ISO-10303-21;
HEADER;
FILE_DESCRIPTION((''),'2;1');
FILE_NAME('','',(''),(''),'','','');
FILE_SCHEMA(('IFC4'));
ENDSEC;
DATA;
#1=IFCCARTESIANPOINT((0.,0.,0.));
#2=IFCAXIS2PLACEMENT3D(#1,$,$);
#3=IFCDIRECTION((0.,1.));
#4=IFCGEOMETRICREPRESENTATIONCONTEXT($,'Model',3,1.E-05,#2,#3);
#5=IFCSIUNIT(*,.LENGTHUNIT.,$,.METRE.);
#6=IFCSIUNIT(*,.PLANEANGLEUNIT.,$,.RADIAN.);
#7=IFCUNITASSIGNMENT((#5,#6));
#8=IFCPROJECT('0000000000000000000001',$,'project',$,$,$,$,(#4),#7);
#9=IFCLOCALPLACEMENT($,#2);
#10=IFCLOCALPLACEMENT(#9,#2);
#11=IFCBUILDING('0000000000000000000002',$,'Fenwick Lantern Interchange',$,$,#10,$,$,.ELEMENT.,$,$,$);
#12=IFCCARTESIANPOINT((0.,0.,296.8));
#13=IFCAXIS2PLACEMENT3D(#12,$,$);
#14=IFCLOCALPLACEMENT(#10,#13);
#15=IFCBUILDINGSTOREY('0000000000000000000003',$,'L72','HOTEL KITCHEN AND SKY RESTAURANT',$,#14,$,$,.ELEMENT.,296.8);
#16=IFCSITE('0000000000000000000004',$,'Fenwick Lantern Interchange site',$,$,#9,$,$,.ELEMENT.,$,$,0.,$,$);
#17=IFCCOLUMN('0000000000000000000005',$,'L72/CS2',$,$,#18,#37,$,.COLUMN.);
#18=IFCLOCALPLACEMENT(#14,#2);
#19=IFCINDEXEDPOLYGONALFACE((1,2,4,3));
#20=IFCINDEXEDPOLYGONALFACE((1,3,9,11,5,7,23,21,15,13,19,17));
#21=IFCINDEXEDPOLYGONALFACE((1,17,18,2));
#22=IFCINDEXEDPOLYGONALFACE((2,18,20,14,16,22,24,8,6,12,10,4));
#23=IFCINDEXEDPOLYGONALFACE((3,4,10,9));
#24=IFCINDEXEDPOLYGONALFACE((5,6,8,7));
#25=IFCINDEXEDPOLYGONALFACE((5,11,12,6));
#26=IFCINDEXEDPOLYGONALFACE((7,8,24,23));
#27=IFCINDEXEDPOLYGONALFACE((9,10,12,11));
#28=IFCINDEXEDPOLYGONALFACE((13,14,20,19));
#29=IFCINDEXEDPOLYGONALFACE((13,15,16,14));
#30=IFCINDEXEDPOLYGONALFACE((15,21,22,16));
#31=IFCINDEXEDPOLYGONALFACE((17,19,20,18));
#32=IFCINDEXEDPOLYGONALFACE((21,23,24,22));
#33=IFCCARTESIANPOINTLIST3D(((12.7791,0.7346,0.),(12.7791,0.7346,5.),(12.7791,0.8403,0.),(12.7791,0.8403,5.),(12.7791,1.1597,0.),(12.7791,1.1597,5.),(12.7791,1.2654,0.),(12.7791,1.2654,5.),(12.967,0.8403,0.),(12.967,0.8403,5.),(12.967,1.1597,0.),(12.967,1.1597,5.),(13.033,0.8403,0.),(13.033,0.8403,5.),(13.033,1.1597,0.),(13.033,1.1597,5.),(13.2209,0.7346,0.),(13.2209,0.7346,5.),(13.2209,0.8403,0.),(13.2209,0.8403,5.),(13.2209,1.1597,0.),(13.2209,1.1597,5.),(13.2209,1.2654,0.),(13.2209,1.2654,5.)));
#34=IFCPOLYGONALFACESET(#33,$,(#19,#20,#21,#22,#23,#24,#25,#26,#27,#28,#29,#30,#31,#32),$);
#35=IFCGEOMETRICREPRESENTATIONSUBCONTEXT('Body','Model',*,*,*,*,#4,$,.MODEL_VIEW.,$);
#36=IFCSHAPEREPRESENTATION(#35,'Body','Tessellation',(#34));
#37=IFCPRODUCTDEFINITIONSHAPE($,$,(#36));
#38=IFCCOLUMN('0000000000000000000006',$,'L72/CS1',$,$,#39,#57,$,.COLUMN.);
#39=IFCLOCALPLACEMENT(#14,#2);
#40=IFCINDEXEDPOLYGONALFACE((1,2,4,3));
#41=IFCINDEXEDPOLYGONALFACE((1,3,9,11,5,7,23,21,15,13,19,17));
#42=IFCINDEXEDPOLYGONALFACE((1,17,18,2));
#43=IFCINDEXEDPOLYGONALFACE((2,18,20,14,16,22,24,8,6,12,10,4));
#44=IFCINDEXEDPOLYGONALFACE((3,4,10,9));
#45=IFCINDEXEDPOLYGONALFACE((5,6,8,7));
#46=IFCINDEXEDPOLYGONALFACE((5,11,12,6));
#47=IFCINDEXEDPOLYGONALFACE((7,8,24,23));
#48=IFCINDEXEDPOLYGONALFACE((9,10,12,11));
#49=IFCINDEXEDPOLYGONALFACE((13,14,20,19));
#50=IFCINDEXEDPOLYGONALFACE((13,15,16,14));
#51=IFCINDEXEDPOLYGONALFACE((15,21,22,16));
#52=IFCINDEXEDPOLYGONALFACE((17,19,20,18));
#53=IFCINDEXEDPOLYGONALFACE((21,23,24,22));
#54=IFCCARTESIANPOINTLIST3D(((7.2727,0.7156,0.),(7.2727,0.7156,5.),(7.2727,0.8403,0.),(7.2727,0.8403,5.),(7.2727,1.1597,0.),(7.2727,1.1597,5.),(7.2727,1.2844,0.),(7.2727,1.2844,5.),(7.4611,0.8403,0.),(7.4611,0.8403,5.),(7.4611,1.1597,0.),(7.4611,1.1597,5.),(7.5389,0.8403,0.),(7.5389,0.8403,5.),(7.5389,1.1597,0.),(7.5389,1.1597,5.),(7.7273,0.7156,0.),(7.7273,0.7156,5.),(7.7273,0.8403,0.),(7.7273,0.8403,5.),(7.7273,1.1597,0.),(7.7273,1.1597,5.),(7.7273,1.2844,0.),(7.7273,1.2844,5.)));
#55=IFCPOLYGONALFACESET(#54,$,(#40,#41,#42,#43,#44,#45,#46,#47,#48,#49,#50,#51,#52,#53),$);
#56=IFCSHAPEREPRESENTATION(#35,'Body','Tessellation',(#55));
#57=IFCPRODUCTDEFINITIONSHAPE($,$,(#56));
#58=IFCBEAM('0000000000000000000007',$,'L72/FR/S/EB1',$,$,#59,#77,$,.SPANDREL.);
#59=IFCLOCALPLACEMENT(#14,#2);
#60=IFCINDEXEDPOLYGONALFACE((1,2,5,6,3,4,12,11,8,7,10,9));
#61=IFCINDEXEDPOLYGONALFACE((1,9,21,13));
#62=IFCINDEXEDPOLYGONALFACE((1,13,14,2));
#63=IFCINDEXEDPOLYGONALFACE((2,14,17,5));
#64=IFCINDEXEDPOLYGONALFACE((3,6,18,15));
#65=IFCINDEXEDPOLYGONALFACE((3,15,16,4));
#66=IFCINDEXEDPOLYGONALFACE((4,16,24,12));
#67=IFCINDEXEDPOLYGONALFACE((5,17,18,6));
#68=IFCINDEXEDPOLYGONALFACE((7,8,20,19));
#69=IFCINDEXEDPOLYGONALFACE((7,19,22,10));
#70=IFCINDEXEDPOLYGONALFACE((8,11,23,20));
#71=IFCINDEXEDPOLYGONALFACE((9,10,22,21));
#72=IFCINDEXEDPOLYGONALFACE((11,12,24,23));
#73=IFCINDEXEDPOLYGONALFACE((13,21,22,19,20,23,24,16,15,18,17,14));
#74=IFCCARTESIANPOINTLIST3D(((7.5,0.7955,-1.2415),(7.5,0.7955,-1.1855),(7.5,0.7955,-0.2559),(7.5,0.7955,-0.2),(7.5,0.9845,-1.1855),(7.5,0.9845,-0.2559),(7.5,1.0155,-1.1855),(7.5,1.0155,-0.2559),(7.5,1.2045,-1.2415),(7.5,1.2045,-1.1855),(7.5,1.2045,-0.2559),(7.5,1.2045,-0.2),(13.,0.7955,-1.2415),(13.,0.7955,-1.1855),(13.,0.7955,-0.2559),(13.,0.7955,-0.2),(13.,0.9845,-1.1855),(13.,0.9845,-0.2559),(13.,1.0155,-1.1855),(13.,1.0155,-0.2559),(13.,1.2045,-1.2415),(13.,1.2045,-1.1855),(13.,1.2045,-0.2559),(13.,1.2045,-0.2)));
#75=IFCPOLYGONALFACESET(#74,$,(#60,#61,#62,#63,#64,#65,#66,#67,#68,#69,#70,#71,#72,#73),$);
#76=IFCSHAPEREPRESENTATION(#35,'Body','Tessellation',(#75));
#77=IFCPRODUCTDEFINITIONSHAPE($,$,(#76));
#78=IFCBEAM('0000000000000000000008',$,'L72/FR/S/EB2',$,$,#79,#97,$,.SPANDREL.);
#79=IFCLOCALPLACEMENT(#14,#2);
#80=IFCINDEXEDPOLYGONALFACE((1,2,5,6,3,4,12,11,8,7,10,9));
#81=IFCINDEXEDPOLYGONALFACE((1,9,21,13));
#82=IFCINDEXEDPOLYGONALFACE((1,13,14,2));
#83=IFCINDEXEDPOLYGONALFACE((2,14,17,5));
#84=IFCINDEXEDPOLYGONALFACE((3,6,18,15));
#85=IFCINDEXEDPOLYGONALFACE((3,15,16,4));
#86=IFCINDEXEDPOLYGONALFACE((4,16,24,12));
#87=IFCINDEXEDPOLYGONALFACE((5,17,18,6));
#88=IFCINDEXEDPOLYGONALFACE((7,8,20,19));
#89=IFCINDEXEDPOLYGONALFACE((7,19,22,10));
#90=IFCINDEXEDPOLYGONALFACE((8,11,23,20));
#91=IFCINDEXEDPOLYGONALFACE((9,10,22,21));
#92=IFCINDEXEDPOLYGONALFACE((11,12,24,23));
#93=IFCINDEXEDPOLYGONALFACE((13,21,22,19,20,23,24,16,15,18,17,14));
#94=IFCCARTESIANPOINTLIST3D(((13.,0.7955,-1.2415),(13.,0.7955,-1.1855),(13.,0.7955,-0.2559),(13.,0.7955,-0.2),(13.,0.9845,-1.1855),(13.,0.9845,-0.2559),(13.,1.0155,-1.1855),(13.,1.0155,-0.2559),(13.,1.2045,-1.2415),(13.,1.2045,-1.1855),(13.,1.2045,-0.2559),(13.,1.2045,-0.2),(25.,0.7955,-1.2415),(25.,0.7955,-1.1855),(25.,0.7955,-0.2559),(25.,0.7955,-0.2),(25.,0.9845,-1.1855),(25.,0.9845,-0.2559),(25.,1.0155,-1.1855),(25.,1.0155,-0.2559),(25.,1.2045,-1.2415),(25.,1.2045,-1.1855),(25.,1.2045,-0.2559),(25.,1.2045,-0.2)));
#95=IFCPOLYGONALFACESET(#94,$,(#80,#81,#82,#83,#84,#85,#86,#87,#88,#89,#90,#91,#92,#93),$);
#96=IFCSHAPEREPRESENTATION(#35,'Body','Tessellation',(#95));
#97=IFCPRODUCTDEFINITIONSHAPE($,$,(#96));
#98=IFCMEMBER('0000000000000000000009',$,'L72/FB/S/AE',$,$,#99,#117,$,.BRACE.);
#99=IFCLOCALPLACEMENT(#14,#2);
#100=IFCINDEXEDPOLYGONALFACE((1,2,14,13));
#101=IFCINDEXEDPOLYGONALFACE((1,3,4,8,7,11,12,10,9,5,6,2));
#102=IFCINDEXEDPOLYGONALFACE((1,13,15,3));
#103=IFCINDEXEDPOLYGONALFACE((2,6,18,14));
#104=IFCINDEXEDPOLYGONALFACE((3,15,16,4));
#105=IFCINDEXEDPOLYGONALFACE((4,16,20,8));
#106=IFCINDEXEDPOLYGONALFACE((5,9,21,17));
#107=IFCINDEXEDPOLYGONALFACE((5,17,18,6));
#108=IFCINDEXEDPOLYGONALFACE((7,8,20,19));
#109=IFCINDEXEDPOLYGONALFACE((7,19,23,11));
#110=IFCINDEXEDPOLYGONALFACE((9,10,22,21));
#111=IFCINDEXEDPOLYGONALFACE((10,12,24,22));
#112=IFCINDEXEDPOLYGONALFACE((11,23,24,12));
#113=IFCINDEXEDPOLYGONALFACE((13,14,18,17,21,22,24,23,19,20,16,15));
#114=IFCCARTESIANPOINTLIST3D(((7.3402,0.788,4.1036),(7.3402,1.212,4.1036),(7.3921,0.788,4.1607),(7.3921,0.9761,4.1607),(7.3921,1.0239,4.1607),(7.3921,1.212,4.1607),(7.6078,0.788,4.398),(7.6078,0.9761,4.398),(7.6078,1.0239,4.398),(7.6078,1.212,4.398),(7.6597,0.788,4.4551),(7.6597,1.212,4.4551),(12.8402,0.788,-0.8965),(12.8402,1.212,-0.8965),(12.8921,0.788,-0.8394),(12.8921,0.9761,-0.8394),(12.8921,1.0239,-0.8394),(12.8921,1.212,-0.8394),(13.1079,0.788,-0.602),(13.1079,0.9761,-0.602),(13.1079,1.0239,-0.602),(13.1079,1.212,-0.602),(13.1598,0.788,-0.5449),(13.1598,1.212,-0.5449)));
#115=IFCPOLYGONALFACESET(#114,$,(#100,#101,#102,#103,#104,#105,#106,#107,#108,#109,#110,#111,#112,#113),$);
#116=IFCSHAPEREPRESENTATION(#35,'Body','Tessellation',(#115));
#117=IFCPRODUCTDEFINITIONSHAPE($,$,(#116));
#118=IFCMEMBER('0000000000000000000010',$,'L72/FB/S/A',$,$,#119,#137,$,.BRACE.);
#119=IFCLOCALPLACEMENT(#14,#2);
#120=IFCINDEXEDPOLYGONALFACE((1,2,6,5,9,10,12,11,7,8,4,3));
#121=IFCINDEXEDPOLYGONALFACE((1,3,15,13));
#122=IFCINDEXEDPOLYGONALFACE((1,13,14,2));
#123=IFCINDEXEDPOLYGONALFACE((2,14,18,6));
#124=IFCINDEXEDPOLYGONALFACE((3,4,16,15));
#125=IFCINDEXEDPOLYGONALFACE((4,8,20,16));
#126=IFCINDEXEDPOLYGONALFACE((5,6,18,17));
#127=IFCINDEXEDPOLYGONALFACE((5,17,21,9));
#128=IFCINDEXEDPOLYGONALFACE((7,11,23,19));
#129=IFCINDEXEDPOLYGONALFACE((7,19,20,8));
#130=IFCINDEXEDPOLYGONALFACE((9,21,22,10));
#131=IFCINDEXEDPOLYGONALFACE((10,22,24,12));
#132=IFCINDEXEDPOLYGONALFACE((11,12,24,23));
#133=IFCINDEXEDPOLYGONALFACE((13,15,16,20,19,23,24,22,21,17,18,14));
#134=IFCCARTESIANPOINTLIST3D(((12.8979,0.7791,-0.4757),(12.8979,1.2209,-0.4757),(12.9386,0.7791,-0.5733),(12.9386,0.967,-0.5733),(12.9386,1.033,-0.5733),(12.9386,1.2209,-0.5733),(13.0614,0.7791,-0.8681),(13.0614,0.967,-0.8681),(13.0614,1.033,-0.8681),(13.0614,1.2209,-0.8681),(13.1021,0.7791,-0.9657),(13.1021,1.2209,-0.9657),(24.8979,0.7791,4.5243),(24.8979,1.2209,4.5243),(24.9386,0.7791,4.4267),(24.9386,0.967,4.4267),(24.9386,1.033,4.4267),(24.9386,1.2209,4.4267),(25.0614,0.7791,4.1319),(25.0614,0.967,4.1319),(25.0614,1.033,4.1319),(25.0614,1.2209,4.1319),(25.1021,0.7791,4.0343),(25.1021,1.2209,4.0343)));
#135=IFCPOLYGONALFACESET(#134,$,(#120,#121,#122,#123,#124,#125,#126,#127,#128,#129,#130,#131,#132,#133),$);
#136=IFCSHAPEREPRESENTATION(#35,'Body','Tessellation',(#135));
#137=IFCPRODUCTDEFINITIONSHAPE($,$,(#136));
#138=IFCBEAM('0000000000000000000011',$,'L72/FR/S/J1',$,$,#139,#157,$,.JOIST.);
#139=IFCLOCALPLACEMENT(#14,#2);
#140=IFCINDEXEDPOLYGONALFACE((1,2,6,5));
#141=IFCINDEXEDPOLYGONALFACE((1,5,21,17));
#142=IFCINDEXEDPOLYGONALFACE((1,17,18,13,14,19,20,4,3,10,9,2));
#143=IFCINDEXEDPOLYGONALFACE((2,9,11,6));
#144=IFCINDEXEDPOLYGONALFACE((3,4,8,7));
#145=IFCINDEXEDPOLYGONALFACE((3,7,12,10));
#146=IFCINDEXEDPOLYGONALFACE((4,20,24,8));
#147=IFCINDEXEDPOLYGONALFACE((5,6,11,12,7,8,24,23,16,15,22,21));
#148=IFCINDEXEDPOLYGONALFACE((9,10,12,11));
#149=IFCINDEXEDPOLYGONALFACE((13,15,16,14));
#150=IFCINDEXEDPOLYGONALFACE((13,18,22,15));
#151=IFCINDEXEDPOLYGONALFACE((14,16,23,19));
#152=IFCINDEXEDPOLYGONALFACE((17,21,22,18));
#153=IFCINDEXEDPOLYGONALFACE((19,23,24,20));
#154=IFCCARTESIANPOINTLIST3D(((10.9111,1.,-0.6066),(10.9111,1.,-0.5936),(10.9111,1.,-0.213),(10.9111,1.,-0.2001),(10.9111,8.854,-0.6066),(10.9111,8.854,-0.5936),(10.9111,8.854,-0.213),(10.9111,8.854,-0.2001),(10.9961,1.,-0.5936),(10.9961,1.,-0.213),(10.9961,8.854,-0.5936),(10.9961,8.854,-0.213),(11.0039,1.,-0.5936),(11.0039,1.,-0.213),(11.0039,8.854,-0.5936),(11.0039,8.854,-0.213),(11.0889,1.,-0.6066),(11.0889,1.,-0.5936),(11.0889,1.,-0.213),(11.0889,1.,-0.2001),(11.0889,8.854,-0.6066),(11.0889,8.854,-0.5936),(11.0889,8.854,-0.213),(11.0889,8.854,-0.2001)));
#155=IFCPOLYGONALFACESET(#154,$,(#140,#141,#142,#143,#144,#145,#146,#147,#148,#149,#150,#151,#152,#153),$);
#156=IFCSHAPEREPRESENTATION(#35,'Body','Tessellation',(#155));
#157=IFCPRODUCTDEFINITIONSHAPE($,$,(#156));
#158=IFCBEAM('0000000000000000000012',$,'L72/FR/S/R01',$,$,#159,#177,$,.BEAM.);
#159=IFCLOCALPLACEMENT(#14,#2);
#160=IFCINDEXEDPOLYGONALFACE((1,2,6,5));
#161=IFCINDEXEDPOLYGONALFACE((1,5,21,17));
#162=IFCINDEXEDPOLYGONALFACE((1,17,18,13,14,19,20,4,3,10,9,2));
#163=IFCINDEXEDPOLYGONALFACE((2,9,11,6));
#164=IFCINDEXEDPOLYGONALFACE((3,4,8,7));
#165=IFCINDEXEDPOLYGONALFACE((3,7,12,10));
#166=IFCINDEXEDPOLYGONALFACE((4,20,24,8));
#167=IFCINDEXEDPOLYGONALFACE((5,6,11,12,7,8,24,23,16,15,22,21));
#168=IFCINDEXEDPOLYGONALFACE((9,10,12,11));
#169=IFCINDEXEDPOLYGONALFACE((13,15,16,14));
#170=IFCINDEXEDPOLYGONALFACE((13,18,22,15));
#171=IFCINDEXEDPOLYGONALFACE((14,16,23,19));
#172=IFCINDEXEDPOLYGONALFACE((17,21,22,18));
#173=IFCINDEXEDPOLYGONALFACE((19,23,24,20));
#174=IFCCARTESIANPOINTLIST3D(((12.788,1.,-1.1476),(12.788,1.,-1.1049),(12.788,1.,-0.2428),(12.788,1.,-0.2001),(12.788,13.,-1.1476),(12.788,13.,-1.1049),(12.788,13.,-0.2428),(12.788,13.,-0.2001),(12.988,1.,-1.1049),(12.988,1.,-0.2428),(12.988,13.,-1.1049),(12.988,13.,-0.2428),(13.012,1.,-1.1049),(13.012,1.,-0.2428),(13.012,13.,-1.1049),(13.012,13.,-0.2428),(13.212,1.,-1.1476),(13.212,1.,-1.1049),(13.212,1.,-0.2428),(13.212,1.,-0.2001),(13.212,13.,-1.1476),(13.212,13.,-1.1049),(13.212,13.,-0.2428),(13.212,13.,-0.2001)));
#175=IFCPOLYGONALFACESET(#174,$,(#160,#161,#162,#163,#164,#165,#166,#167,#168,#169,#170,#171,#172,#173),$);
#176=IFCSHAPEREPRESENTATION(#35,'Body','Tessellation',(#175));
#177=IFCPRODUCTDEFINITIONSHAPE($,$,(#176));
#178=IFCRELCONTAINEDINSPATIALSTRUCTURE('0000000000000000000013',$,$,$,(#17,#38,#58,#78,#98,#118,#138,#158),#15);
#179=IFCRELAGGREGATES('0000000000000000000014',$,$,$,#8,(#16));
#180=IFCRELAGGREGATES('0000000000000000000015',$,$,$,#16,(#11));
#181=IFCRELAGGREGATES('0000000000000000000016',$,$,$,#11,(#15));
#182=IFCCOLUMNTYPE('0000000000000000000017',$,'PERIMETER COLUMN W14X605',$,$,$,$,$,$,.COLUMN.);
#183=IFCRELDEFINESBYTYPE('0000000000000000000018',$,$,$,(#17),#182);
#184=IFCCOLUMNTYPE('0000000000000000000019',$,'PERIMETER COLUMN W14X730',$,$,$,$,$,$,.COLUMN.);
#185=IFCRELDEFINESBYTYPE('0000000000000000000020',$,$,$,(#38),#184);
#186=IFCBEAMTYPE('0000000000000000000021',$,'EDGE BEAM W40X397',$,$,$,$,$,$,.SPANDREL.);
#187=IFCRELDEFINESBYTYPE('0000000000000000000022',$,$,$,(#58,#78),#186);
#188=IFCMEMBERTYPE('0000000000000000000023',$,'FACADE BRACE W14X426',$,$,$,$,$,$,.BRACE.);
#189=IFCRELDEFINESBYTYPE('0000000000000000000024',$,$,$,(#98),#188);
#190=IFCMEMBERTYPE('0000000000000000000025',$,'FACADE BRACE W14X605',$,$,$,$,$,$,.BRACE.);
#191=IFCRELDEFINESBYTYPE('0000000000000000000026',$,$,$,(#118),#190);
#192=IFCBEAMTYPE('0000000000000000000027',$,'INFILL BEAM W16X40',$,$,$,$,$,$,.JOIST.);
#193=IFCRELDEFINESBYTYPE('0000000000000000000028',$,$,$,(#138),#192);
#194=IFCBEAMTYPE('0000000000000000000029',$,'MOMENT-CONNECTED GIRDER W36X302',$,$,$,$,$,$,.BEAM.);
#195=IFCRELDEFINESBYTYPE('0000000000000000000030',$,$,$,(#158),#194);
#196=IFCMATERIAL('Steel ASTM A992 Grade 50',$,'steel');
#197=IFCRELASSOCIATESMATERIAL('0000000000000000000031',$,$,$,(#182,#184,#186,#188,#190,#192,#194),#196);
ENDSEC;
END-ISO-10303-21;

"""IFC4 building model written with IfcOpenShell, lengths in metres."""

from ifc_helpers import new_model, si_unit, direction, frame, origin, origin_2d, place, context, subcontext, project, spatial, i_section, extrude, material, material_profile, profile_set, type_object, element, save


model = new_model("IFC4")

# Units and contexts
model_context = context("Model", 3, precision=1e-05, world=origin(), true_north=direction((0.0, 1.0)))
body_context = subcontext(model_context, "Body", "Model", "MODEL_VIEW")
ifc_project = project(units=[si_unit("LENGTHUNIT", "METRE"), si_unit("PLANEANGLEUNIT", "RADIAN")], contexts=[model_context])

# Site, building, storey
site_placement = place(None, origin())
site = spatial("IfcSite", under=ifc_project, at=site_placement, Name="Fenwick Lantern Interchange site", CompositionType="ELEMENT", RefElevation=0.0)
building_placement = place(site_placement, origin())
building = spatial("IfcBuilding", under=site, at=building_placement, Name="Fenwick Lantern Interchange", CompositionType="ELEMENT")
storey_placement = place(building_placement, frame((0.0, 0.0, 296.8)))
storey = spatial("IfcBuildingStorey", under=building, at=storey_placement, Name="L72", Description="HOTEL KITCHEN AND SKY RESTAURANT", CompositionType="ELEMENT", Elevation=296.8)

# Columns
ifc_material_1 = material(Name="Steel ASTM A992 Grade 50", Category="steel")
ifc_material_profile_1 = material_profile(ifc_material_1, i_section(OverallWidth=0.4419, OverallDepth=0.5308, WebThickness=0.0659, FlangeThickness=0.1057, at=origin_2d()), Name="W14X605")
ifc_profile_set_1 = profile_set([ifc_material_profile_1], Name="Steel ASTM A992 Grade 50")
column_type_1 = type_object("IfcColumnType", Name="PERIMETER COLUMN W14X605", PredefinedType="COLUMN", material=ifc_profile_set_1)
column_1_placement = place(storey_placement, frame((13.0, 1.0, 0.0), z_axis=(0.0, 0.0, 1.0), x_axis=(1.0, 0.0, 0.0)))
element("IfcColumn", 1, at=column_1_placement, inside=storey, type_object=column_type_1, Name="L72/CS2", PredefinedType="COLUMN", context=body_context, shape_type="SweptSolid", body=[
    extrude(i_section(OverallWidth=0.4419, OverallDepth=0.5308, WebThickness=0.0659, FlangeThickness=0.1057, at=origin_2d()), origin(), (0.0, 0.0, 1.0), 5.0),
])
ifc_material_profile_2 = material_profile(ifc_material_1, i_section(OverallWidth=0.4546, OverallDepth=0.5688, WebThickness=0.0779, FlangeThickness=0.1248, at=origin_2d()), Name="W14X730")
ifc_profile_set_2 = profile_set([ifc_material_profile_2], Name="Steel ASTM A992 Grade 50")
column_type_2 = type_object("IfcColumnType", Name="PERIMETER COLUMN W14X730", PredefinedType="COLUMN", material=ifc_profile_set_2)
column_2_placement = place(storey_placement, frame((7.5, 1.0, 0.0), z_axis=(0.0, 0.0, 1.0), x_axis=(1.0, 0.0, 0.0)))
element("IfcColumn", 2, at=column_2_placement, inside=storey, type_object=column_type_2, Name="L72/CS1", PredefinedType="COLUMN", context=body_context, shape_type="SweptSolid", body=[
    extrude(i_section(OverallWidth=0.4546, OverallDepth=0.5688, WebThickness=0.0779, FlangeThickness=0.1248, at=origin_2d()), origin(), (0.0, 0.0, 1.0), 5.0),
])

# Beams
ifc_material_profile_3 = material_profile(ifc_material_1, i_section(OverallWidth=0.4089, OverallDepth=1.0415, WebThickness=0.031, FlangeThickness=0.0559, at=origin_2d()), Name="W40X397")
ifc_profile_set_3 = profile_set([ifc_material_profile_3], Name="Steel ASTM A992 Grade 50")
beam_type_1 = type_object("IfcBeamType", Name="EDGE BEAM W40X397", PredefinedType="SPANDREL", material=ifc_profile_set_3)
beam_1_placement = place(storey_placement, frame((7.5, 1.0, -0.7207), z_axis=(1.0, 0.0, 0.0), x_axis=(0.0, 1.0, 0.0)))
element("IfcBeam", 3, at=beam_1_placement, inside=storey, type_object=beam_type_1, Name="L72/FR/S/EB1", PredefinedType="SPANDREL", context=body_context, shape_type="SweptSolid", body=[
    extrude(i_section(OverallWidth=0.4089, OverallDepth=1.0415, WebThickness=0.031, FlangeThickness=0.0559, at=origin_2d()), origin(), (0.0, 0.0, 1.0), 5.5),
])
beam_2_placement = place(storey_placement, frame((13.0, 1.0, -0.7207), z_axis=(1.0, 0.0, 0.0), x_axis=(0.0, 1.0, 0.0)))
element("IfcBeam", 4, at=beam_2_placement, inside=storey, type_object=beam_type_1, Name="L72/FR/S/EB2", PredefinedType="SPANDREL", context=body_context, shape_type="SweptSolid", body=[
    extrude(i_section(OverallWidth=0.4089, OverallDepth=1.0415, WebThickness=0.031, FlangeThickness=0.0559, at=origin_2d()), origin(), (0.0, 0.0, 1.0), 12.0),
])

# Members
ifc_material_profile_4 = material_profile(ifc_material_1, i_section(OverallWidth=0.4241, OverallDepth=0.4751, WebThickness=0.0479, FlangeThickness=0.0771, at=origin_2d()), Name="W14X426")
ifc_profile_set_4 = profile_set([ifc_material_profile_4], Name="Steel ASTM A992 Grade 50")
member_type_1 = type_object("IfcMemberType", Name="FACADE BRACE W14X426", PredefinedType="BRACE", material=ifc_profile_set_4)
member_1_placement = place(storey_placement, frame((13.0, 1.0, -0.7207), z_axis=(-0.73994, 0.0, 0.672673), x_axis=(0.0, -1.0, 0.0)))
element("IfcMember", 5, at=member_1_placement, inside=storey, type_object=member_type_1, Name="L72/FB/S/AE", PredefinedType="BRACE", context=body_context, shape_type="SweptSolid", body=[
    extrude(i_section(OverallWidth=0.4241, OverallDepth=0.4751, WebThickness=0.0479, FlangeThickness=0.0771, at=origin_2d()), origin(), (0.0, 0.0, 1.0), 7.4331),
])
ifc_material_profile_5 = material_profile(ifc_material_1, i_section(OverallWidth=0.4419, OverallDepth=0.5308, WebThickness=0.0659, FlangeThickness=0.1057, at=origin_2d()), Name="W14X605")
ifc_profile_set_5 = profile_set([ifc_material_profile_5], Name="Steel ASTM A992 Grade 50")
member_type_2 = type_object("IfcMemberType", Name="FACADE BRACE W14X605", PredefinedType="BRACE", material=ifc_profile_set_5)
member_2_placement = place(storey_placement, frame((13.0, 1.0, -0.7207), z_axis=(0.923077, 0.0, 0.384615), x_axis=(0.0, 1.0, 0.0)))
element("IfcMember", 6, at=member_2_placement, inside=storey, type_object=member_type_2, Name="L72/FB/S/A", PredefinedType="BRACE", context=body_context, shape_type="SweptSolid", body=[
    extrude(i_section(OverallWidth=0.4419, OverallDepth=0.5308, WebThickness=0.0659, FlangeThickness=0.1057, at=origin_2d()), origin(), (0.0, 0.0, 1.0), 13.0),
])

# Beams
ifc_material_profile_6 = material_profile(ifc_material_1, i_section(OverallWidth=0.1777, OverallDepth=0.4065, WebThickness=0.0078, FlangeThickness=0.0129, at=origin_2d()), Name="W16X40")
ifc_profile_set_6 = profile_set([ifc_material_profile_6], Name="Steel ASTM A992 Grade 50")
beam_type_2 = type_object("IfcBeamType", Name="INFILL BEAM W16X40", PredefinedType="JOIST", material=ifc_profile_set_6)
beam_3_placement = place(storey_placement, frame((11.0, 1.0, -0.4033), z_axis=(0.0, 1.0, 0.0), x_axis=(-1.0, 0.0, 0.0)))
element("IfcBeam", 7, at=beam_3_placement, inside=storey, type_object=beam_type_2, Name="L72/FR/S/J1", PredefinedType="JOIST", context=body_context, shape_type="SweptSolid", body=[
    extrude(i_section(OverallWidth=0.1777, OverallDepth=0.4065, WebThickness=0.0078, FlangeThickness=0.0129, at=origin_2d()), origin(), (0.0, 0.0, 1.0), 7.854),
])
ifc_material_profile_7 = material_profile(ifc_material_1, i_section(OverallWidth=0.4241, OverallDepth=0.9475, WebThickness=0.0239, FlangeThickness=0.0427, at=origin_2d()), Name="W36X302")
ifc_profile_set_7 = profile_set([ifc_material_profile_7], Name="Steel ASTM A992 Grade 50")
beam_type_3 = type_object("IfcBeamType", Name="MOMENT-CONNECTED GIRDER W36X302", PredefinedType="BEAM", material=ifc_profile_set_7)
beam_4_placement = place(storey_placement, frame((13.0, 1.0, -0.6738), z_axis=(0.0, 1.0, 0.0), x_axis=(-1.0, 0.0, 0.0)))
element("IfcBeam", 8, at=beam_4_placement, inside=storey, type_object=beam_type_3, Name="L72/FR/S/R01", PredefinedType="BEAM", context=body_context, shape_type="SweptSolid", body=[
    extrude(i_section(OverallWidth=0.4241, OverallDepth=0.9475, WebThickness=0.0239, FlangeThickness=0.0427, at=origin_2d()), origin(), (0.0, 0.0, 1.0), 12.0),
])

save(model, "model.ifc")
